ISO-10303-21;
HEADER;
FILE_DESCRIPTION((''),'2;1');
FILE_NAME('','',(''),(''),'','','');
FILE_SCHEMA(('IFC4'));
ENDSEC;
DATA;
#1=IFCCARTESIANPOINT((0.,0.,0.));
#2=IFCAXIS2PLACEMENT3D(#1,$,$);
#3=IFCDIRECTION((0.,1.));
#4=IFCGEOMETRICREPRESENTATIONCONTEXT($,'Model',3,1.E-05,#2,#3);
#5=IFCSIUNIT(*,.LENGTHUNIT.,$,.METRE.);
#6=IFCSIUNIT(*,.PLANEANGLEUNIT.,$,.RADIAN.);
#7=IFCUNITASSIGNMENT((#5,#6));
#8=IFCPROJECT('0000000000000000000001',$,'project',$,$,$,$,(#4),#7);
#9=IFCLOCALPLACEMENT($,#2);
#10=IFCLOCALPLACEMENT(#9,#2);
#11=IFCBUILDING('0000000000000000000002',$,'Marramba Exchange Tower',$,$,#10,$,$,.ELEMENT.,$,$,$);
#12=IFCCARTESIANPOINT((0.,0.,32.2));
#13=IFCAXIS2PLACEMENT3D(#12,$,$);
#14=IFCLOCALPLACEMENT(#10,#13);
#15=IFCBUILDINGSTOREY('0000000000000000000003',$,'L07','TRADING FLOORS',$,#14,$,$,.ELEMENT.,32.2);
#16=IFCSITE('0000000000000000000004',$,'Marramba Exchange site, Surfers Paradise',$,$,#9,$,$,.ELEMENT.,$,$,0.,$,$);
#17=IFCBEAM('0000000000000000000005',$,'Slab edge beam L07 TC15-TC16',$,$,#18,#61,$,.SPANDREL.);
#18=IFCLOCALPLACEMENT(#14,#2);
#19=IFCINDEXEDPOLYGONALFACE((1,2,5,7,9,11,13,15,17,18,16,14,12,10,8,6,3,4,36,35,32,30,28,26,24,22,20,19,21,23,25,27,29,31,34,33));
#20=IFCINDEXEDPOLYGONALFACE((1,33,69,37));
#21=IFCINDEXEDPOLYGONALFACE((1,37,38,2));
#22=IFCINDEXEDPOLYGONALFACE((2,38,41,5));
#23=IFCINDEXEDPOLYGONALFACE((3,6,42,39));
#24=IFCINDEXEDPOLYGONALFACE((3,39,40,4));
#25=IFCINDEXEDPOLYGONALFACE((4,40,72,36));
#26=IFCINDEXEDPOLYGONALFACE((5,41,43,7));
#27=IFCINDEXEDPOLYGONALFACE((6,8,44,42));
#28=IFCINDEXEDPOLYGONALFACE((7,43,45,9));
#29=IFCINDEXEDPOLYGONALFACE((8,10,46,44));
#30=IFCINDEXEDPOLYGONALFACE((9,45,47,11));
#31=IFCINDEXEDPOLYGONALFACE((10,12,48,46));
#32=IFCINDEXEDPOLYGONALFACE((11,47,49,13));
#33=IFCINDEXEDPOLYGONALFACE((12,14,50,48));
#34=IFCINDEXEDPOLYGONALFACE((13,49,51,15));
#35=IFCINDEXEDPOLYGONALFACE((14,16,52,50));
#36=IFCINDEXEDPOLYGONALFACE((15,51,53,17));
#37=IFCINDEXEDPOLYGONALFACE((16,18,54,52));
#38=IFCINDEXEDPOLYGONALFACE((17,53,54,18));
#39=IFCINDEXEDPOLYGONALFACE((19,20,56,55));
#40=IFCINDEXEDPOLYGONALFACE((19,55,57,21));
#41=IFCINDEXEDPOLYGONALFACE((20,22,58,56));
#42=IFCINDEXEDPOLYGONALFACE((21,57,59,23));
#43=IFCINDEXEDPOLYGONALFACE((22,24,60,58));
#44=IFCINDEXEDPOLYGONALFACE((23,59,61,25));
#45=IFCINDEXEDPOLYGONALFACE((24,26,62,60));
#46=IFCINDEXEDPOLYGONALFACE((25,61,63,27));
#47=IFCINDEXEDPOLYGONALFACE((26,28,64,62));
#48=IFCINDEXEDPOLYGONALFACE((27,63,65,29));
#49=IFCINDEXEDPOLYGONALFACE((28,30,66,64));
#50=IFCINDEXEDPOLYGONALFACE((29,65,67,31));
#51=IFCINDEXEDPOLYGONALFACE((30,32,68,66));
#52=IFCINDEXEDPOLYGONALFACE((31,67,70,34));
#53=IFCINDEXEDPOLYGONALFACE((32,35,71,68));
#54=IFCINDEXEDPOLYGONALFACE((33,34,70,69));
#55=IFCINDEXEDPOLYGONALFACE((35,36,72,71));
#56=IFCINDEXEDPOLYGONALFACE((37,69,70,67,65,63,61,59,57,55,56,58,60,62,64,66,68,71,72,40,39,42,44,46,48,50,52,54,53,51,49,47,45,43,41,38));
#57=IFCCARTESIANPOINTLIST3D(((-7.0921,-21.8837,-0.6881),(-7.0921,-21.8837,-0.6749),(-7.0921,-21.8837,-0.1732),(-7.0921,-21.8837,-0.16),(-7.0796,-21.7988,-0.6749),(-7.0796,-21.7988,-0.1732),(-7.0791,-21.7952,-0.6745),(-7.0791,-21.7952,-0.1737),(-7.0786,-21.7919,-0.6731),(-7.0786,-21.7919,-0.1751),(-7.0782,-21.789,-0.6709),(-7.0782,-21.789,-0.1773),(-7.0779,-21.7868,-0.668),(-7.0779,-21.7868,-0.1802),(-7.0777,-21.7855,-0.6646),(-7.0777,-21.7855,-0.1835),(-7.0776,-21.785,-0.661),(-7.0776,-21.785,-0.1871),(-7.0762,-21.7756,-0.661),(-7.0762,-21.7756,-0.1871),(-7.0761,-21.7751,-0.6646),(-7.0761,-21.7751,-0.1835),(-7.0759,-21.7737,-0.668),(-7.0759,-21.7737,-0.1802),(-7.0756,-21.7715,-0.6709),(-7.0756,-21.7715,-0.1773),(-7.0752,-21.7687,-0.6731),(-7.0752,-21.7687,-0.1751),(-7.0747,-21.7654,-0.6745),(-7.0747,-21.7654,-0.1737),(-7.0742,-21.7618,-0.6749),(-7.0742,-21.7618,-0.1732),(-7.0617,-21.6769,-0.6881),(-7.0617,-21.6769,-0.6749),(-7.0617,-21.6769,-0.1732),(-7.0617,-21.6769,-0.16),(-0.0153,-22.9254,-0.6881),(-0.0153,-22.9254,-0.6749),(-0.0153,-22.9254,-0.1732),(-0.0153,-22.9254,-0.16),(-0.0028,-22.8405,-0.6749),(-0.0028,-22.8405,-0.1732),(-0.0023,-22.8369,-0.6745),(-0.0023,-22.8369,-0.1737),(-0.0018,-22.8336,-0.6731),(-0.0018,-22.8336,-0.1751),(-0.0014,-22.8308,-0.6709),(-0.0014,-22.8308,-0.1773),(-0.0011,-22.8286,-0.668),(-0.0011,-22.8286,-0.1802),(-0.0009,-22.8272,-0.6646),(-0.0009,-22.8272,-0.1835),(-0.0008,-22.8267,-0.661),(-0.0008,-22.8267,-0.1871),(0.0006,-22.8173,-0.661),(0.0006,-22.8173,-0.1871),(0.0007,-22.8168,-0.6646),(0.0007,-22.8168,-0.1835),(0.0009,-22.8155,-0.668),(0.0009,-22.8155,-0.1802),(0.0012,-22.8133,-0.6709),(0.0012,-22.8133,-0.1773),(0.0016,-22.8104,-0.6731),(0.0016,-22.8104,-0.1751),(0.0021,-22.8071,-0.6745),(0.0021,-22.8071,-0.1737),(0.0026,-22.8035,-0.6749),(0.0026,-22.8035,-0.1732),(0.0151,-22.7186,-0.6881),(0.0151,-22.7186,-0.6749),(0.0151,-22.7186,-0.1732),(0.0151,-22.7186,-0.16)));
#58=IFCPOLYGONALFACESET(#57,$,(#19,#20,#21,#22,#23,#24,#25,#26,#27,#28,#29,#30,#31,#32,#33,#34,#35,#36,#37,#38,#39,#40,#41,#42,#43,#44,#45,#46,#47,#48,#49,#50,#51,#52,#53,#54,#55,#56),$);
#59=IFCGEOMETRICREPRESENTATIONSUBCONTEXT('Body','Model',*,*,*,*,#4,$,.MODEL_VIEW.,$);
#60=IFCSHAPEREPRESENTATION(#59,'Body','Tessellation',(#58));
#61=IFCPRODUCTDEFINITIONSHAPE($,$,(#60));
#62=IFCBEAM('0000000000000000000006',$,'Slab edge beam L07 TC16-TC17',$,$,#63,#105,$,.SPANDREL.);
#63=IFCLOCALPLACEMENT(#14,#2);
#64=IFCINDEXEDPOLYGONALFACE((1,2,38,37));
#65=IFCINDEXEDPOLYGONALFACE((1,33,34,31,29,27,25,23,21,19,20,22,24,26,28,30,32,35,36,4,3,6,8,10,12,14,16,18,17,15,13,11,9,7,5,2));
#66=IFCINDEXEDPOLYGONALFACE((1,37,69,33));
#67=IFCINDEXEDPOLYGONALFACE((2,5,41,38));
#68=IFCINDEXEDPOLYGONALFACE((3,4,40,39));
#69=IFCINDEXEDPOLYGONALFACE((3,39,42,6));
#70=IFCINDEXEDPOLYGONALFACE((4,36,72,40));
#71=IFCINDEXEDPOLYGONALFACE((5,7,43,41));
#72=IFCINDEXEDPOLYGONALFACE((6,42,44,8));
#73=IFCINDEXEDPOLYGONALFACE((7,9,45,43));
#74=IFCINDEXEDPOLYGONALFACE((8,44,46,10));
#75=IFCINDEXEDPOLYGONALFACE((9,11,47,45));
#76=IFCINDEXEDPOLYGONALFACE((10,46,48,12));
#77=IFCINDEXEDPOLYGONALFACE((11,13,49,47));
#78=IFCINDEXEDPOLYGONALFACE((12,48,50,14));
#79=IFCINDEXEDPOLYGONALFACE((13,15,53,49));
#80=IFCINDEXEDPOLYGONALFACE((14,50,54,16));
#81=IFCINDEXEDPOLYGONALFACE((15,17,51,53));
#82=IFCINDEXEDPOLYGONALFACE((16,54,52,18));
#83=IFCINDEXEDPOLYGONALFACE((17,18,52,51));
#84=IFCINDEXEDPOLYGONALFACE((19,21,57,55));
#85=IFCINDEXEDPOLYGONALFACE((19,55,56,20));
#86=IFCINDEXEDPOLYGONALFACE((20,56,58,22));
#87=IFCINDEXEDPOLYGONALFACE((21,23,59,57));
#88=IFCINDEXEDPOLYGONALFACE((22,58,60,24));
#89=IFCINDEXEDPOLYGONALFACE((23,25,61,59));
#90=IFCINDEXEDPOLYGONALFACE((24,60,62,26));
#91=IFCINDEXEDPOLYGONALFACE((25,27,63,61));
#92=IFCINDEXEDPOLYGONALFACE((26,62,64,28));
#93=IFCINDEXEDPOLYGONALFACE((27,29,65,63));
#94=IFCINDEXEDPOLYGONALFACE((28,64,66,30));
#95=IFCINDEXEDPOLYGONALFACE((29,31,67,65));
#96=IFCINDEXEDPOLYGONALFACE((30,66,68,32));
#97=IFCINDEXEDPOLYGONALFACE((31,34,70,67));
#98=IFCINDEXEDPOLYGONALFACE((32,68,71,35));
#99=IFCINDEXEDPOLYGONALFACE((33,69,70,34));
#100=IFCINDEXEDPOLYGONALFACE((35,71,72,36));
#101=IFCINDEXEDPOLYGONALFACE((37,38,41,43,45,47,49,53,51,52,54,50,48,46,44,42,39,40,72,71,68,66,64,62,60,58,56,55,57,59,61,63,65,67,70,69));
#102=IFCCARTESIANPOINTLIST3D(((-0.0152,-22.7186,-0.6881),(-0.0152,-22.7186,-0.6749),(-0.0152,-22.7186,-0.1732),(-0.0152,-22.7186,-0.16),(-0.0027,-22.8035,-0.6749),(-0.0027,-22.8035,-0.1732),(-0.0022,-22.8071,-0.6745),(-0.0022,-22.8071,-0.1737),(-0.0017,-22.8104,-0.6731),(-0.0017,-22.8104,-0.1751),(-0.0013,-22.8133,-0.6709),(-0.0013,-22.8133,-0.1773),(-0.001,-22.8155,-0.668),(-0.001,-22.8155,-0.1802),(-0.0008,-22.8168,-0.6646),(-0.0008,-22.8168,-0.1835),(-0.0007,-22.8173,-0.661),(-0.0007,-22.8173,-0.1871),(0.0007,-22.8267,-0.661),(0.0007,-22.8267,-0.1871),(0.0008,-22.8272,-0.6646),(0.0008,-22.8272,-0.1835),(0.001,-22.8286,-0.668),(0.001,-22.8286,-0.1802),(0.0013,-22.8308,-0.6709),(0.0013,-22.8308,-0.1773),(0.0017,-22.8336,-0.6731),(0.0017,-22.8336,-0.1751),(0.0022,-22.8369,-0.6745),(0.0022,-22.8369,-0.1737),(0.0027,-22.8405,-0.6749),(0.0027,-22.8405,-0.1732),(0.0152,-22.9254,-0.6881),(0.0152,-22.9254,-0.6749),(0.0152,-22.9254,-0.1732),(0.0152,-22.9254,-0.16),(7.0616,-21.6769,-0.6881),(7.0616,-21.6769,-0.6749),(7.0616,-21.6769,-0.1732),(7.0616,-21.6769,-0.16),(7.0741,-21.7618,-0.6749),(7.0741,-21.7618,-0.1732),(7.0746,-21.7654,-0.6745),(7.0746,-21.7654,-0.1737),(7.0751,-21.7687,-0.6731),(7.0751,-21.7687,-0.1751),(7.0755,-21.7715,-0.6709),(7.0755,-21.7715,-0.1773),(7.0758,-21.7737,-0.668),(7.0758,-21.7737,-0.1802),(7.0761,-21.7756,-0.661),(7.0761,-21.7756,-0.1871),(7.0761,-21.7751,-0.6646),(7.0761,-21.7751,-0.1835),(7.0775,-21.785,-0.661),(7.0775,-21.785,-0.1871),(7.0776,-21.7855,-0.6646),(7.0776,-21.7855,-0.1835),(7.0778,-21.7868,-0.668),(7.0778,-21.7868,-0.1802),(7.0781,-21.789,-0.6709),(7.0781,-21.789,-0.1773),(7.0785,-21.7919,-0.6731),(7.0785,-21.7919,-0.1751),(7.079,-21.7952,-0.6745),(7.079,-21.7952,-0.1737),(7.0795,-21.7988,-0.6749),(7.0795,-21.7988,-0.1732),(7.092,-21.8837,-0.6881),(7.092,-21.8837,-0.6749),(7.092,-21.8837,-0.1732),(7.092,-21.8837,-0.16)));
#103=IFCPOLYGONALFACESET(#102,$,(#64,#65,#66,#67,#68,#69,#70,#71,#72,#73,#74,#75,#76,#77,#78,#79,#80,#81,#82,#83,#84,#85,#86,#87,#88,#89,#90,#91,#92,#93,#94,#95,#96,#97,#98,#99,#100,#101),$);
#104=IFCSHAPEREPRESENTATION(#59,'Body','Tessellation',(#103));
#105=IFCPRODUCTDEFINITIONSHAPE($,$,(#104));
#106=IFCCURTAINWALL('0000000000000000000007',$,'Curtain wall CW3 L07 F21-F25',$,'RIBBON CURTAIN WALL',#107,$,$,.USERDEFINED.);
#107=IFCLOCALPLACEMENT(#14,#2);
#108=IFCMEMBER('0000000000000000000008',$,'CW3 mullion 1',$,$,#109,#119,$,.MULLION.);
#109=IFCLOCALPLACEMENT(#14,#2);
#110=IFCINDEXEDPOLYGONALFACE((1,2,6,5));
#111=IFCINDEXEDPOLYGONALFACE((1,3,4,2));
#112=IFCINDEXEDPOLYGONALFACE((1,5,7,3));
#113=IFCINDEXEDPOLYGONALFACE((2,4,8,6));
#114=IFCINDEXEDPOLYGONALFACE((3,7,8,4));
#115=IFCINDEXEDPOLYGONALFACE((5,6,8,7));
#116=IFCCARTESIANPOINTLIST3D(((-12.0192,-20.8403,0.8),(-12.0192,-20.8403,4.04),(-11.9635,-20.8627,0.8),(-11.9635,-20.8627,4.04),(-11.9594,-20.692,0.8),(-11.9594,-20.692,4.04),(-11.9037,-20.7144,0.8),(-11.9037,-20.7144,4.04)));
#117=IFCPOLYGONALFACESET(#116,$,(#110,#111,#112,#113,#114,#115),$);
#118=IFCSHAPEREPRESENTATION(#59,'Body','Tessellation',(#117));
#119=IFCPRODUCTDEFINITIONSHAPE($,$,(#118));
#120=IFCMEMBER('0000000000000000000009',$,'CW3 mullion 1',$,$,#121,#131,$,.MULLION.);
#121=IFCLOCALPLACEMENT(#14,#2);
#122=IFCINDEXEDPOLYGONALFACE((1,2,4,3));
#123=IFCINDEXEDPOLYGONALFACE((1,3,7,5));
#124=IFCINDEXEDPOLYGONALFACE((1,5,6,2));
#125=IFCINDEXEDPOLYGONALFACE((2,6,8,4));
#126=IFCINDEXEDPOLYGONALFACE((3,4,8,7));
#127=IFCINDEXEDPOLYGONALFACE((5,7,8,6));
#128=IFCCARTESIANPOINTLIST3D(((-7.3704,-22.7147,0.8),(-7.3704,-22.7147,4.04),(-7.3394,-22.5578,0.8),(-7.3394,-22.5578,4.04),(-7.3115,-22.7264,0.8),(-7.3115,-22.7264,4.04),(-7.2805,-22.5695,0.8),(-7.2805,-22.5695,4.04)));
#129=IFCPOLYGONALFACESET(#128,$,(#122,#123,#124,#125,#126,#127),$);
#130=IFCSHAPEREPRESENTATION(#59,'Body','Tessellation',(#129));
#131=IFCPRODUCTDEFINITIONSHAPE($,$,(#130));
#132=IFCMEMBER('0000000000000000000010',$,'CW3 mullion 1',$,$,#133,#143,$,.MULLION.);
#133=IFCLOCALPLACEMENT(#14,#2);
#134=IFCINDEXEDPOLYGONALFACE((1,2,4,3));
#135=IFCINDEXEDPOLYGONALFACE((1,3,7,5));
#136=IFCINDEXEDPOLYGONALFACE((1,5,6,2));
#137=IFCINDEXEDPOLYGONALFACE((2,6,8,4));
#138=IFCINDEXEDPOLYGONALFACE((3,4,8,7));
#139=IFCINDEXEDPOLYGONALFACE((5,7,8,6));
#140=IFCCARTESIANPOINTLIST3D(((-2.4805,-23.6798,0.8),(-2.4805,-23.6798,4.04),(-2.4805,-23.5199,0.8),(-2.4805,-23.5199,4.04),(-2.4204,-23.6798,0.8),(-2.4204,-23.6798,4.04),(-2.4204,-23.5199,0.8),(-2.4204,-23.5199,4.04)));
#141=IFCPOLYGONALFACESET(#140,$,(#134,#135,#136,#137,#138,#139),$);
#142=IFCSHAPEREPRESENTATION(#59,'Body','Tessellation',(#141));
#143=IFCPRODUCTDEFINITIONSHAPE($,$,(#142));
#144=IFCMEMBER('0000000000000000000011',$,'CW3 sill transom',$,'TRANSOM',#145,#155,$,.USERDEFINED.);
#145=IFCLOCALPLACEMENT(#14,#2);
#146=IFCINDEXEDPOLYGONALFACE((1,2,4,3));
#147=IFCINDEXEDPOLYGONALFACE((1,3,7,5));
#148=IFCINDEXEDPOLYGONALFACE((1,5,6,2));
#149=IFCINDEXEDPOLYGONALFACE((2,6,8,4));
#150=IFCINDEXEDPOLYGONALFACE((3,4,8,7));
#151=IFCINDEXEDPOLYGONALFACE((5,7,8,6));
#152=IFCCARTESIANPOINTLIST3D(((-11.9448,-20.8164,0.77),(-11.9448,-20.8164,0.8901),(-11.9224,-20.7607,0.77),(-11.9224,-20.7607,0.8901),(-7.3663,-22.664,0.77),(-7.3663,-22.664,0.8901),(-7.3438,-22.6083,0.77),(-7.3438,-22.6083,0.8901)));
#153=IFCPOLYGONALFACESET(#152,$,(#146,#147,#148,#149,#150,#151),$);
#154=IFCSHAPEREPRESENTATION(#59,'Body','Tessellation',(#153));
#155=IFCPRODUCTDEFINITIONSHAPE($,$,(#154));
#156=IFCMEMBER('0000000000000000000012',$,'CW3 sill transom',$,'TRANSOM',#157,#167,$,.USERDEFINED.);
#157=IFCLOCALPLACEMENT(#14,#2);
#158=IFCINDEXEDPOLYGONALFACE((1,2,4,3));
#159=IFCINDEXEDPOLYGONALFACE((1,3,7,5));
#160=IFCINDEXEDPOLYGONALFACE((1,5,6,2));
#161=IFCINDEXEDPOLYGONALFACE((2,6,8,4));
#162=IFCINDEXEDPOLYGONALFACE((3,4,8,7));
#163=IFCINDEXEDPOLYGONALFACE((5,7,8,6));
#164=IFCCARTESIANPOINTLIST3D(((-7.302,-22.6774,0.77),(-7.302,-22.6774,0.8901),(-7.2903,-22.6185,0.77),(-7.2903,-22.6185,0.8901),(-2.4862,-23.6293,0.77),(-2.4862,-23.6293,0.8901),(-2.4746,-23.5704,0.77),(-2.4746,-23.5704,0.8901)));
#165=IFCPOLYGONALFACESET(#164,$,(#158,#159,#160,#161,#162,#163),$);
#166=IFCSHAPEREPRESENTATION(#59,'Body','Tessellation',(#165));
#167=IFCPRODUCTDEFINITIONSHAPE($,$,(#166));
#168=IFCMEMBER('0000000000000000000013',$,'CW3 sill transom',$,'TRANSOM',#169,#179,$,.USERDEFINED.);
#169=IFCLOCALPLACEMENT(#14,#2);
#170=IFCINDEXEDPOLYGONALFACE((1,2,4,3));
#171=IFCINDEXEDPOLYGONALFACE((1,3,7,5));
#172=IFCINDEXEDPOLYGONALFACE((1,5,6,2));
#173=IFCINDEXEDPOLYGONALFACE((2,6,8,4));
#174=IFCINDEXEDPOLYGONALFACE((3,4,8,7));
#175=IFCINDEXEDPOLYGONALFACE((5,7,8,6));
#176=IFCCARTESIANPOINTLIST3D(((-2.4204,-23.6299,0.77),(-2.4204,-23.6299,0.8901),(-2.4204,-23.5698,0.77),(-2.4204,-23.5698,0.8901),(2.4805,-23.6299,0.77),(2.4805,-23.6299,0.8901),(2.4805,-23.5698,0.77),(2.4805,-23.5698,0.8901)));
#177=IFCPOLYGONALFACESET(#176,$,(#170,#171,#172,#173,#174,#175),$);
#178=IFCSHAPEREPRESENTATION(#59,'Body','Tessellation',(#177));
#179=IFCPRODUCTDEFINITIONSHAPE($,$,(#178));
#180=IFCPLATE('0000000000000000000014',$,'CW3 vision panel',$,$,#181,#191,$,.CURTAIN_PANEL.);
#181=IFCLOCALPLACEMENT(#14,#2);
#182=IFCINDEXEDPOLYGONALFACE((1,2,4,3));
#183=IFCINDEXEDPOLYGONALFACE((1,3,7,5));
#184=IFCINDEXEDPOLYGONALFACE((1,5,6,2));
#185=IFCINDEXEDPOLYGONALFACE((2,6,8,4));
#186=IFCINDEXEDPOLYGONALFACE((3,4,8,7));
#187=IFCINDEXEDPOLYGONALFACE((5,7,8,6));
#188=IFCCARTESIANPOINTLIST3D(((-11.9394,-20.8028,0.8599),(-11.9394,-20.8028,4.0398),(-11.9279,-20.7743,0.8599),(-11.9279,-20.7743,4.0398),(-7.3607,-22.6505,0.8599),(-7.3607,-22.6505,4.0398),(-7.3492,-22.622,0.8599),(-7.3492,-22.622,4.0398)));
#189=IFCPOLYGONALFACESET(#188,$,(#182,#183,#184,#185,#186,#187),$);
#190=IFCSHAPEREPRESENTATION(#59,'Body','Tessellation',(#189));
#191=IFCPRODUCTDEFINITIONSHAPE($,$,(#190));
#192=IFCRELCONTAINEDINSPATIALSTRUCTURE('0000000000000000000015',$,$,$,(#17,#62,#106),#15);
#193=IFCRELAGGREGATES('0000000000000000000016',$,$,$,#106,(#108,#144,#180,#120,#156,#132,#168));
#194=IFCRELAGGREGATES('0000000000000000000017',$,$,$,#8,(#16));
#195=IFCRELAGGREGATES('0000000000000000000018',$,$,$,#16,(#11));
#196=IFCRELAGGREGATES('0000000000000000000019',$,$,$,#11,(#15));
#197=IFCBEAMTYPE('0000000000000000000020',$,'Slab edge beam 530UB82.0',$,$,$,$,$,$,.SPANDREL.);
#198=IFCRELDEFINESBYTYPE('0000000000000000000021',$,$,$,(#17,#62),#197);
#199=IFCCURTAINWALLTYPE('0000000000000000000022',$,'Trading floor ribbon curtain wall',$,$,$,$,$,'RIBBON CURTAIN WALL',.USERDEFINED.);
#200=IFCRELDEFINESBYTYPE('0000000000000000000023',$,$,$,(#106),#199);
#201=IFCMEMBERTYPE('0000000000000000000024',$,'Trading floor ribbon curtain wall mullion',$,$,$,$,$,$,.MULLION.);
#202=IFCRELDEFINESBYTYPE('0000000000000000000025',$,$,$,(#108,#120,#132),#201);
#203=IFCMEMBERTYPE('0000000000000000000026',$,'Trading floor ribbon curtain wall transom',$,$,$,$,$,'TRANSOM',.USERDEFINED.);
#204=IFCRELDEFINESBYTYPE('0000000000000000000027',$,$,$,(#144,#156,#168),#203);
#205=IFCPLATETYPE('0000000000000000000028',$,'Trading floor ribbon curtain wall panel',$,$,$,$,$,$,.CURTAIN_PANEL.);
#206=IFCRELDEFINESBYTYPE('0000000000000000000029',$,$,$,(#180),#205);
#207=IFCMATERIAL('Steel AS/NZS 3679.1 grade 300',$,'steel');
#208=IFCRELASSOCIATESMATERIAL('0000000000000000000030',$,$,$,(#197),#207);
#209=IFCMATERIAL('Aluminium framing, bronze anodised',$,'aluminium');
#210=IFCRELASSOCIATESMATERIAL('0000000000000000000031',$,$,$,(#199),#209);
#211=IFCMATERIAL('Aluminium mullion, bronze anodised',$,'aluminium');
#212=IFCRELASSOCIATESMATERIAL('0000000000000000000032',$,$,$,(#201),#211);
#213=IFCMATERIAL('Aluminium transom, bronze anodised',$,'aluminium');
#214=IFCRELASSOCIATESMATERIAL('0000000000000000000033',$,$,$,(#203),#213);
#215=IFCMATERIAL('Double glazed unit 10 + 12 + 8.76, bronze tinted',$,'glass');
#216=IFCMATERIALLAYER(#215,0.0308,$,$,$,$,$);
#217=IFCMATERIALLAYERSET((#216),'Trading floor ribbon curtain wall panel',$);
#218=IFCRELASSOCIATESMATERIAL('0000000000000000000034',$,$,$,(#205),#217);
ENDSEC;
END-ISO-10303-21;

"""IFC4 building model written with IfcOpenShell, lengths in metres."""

from ifc_helpers import new_model, si_unit, direction, frame, origin, origin_2d, place, context, subcontext, project, spatial, rectangle, i_section, extrude, material, layer, layer_set, material_profile, profile_set, type_object, element, aggregate, save


model = new_model("IFC4")

# Units and contexts
model_context = context("Model", 3, precision=1e-05, world=origin(), true_north=direction((0.0, 1.0)))
body_context = subcontext(model_context, "Body", "Model", "MODEL_VIEW")
ifc_project = project(units=[si_unit("LENGTHUNIT", "METRE"), si_unit("PLANEANGLEUNIT", "RADIAN")], contexts=[model_context])

# Site, building, storey
site_placement = place(None, origin())
site = spatial("IfcSite", under=ifc_project, at=site_placement, Name="Marramba Exchange site, Surfers Paradise", CompositionType="ELEMENT", RefElevation=0.0)
building_placement = place(site_placement, origin())
building = spatial("IfcBuilding", under=site, at=building_placement, Name="Marramba Exchange Tower", CompositionType="ELEMENT")
storey_placement = place(building_placement, frame((0.0, 0.0, 32.2)))
storey = spatial("IfcBuildingStorey", under=building, at=storey_placement, Name="L07", Description="TRADING FLOORS", CompositionType="ELEMENT", Elevation=32.2)

# Beams
ifc_material_1 = material(Name="Steel AS/NZS 3679.1 grade 300", Category="steel")
ifc_material_profile_1 = material_profile(ifc_material_1, i_section(OverallWidth=0.209, OverallDepth=0.5281, WebThickness=0.0095, FlangeThickness=0.0132, FilletRadius=0.0139, at=origin_2d()), Name="530UB82.0")
ifc_profile_set_1 = profile_set([ifc_material_profile_1], Name="Steel AS/NZS 3679.1 grade 300")
beam_type_1 = type_object("IfcBeamType", Name="Slab edge beam 530UB82.0", PredefinedType="SPANDREL", material=ifc_profile_set_1)
for number, where, z_axis, x_axis, name in (
    (1, (-7.0769, -21.7803, -0.4241), (0.989338, -0.145634, 0.0), (0.145634, 0.989338, 0.0), "Slab edge beam L07 TC15-TC16"),
    (2, (0.0, -22.822, -0.4241), (0.989338, 0.145634, 0.0), (-0.145634, 0.989338, 0.0), "Slab edge beam L07 TC16-TC17"),
):
    element("IfcBeam", number, at=place(storey_placement, frame(where, z_axis=z_axis, x_axis=x_axis)), inside=storey, type_object=beam_type_1, Name=name, PredefinedType="SPANDREL", context=body_context, shape_type="SweptSolid", body=[
        extrude(i_section(OverallWidth=0.209, OverallDepth=0.5281, WebThickness=0.0095, FlangeThickness=0.0132, FilletRadius=0.0139, at=origin_2d()), origin(), (0.0, 0.0, 1.0), 7.1531),
    ])

# Curtain wall, members, plate
ifc_material_2 = material(Name="Aluminium framing, bronze anodised", Category="aluminium")
curtain_wall_type = type_object("IfcCurtainWallType", Name="Trading floor ribbon curtain wall", ElementType="RIBBON CURTAIN WALL", PredefinedType="USERDEFINED", material=ifc_material_2)
curtain_wall_placement = place(storey_placement, origin())
curtain_wall = element("IfcCurtainWall", 3, at=curtain_wall_placement, inside=storey, type_object=curtain_wall_type, Name="Curtain wall CW3 L07 F21-F25", ObjectType="RIBBON CURTAIN WALL", PredefinedType="USERDEFINED")
ifc_material_3 = material(Name="Aluminium mullion, bronze anodised", Category="aluminium")
ifc_material_profile_2 = material_profile(ifc_material_3, rectangle(XDim=0.1599, YDim=0.0601, at=origin_2d()), Name="CW3 mullion 60x160")
ifc_profile_set_2 = profile_set([ifc_material_profile_2], Name="Aluminium mullion, bronze anodised")
member_type_1 = type_object("IfcMemberType", Name="Trading floor ribbon curtain wall mullion", PredefinedType="MULLION", material=ifc_profile_set_2)
member_1_placement = place(storey_placement, frame((-11.9614, -20.7773, 0.8), z_axis=(0.0, 0.0, 1.0), x_axis=(0.374218, 0.927341, 0.0)))
member_1 = element("IfcMember", 4, at=member_1_placement, type_object=member_type_1, Name="CW3 mullion 1", PredefinedType="MULLION", context=body_context, shape_type="SweptSolid", body=[
    extrude(rectangle(XDim=0.1599, YDim=0.0601, at=origin_2d()), origin(), (0.0, 0.0, 1.0), 3.24),
])
member_2_placement = place(storey_placement, frame((-7.3254, -22.6421, 0.8), z_axis=(0.0, 0.0, 1.0), x_axis=(0.193961, 0.981009, 0.0)))
member_2 = element("IfcMember", 5, at=member_2_placement, type_object=member_type_1, Name="CW3 mullion 1", PredefinedType="MULLION", context=body_context, shape_type="SweptSolid", body=[
    extrude(rectangle(XDim=0.1599, YDim=0.0601, at=origin_2d()), origin(), (0.0, 0.0, 1.0), 3.24),
])
member_3_placement = place(storey_placement, frame((-2.4504, -23.5999, 0.8), z_axis=(0.0, 0.0, 1.0), x_axis=(0.0, 1.0, 0.0)))
member_3 = element("IfcMember", 6, at=member_3_placement, type_object=member_type_1, Name="CW3 mullion 1", PredefinedType="MULLION", context=body_context, shape_type="SweptSolid", body=[
    extrude(rectangle(XDim=0.1599, YDim=0.0601, at=origin_2d()), origin(), (0.0, 0.0, 1.0), 3.24),
])
ifc_material_4 = material(Name="Aluminium transom, bronze anodised", Category="aluminium")
ifc_material_profile_3 = material_profile(ifc_material_4, rectangle(XDim=0.0601, YDim=0.1201, at=origin_2d()), Name="CW3 transom 60x120")
ifc_profile_set_3 = profile_set([ifc_material_profile_3], Name="Aluminium transom, bronze anodised")
member_type_2 = type_object("IfcMemberType", Name="Trading floor ribbon curtain wall transom", ElementType="TRANSOM", PredefinedType="USERDEFINED", material=ifc_profile_set_3)
member_4_placement = place(storey_placement, frame((-11.9336, -20.7886, 0.8301), z_axis=(0.92734, -0.374219, 0.0), x_axis=(0.374219, 0.92734, 0.0)))
member_4 = element("IfcMember", 7, at=member_4_placement, type_object=member_type_2, Name="CW3 sill transom", ObjectType="TRANSOM", PredefinedType="USERDEFINED", context=body_context, shape_type="SweptSolid", body=[
    extrude(rectangle(XDim=0.0601, YDim=0.1201, at=origin_2d()), origin(), (0.0, 0.0, 1.0), 4.9373),
])
member_5_placement = place(storey_placement, frame((-7.2961, -22.6479, 0.8301), z_axis=(0.981018, -0.193916, 0.0), x_axis=(0.193916, 0.981018, 0.0)))
member_5 = element("IfcMember", 8, at=member_5_placement, type_object=member_type_2, Name="CW3 sill transom", ObjectType="TRANSOM", PredefinedType="USERDEFINED", context=body_context, shape_type="SweptSolid", body=[
    extrude(rectangle(XDim=0.0601, YDim=0.1201, at=origin_2d()), origin(), (0.0, 0.0, 1.0), 4.9089),
])
member_6_placement = place(storey_placement, frame((-2.4204, -23.5999, 0.8301), z_axis=(1.0, 0.0, 0.0), x_axis=(0.0, 1.0, 0.0)))
member_6 = element("IfcMember", 9, at=member_6_placement, type_object=member_type_2, Name="CW3 sill transom", ObjectType="TRANSOM", PredefinedType="USERDEFINED", context=body_context, shape_type="SweptSolid", body=[
    extrude(rectangle(XDim=0.0601, YDim=0.1201, at=origin_2d()), origin(), (0.0, 0.0, 1.0), 4.9009),
])
ifc_material_5 = material(Name="Double glazed unit 10 + 12 + 8.76, bronze tinted", Category="glass")
ifc_layer_1 = layer(ifc_material_5, 0.0308)
ifc_layer_set_1 = layer_set([ifc_layer_1], Name="Trading floor ribbon curtain wall panel")
plate_type = type_object("IfcPlateType", Name="Trading floor ribbon curtain wall panel", PredefinedType="CURTAIN_PANEL", material=ifc_layer_set_1)
plate_1_placement = place(storey_placement, frame((-9.6443, -21.7124, 0.8599), z_axis=(0.0, 0.0, 1.0), x_axis=(0.927341, -0.374218, 0.0)))
plate_1 = element("IfcPlate", 10, at=plate_1_placement, type_object=plate_type, Name="CW3 vision panel", PredefinedType="CURTAIN_PANEL", context=body_context, shape_type="SweptSolid", body=[
    extrude(rectangle(XDim=4.9375, YDim=0.0308, at=origin_2d()), origin(), (0.0, 0.0, 1.0), 3.1799),
])
aggregate(curtain_wall, [member_1, member_4, plate_1, member_2, member_5, member_3, member_6])

save(model, "model.ifc")
